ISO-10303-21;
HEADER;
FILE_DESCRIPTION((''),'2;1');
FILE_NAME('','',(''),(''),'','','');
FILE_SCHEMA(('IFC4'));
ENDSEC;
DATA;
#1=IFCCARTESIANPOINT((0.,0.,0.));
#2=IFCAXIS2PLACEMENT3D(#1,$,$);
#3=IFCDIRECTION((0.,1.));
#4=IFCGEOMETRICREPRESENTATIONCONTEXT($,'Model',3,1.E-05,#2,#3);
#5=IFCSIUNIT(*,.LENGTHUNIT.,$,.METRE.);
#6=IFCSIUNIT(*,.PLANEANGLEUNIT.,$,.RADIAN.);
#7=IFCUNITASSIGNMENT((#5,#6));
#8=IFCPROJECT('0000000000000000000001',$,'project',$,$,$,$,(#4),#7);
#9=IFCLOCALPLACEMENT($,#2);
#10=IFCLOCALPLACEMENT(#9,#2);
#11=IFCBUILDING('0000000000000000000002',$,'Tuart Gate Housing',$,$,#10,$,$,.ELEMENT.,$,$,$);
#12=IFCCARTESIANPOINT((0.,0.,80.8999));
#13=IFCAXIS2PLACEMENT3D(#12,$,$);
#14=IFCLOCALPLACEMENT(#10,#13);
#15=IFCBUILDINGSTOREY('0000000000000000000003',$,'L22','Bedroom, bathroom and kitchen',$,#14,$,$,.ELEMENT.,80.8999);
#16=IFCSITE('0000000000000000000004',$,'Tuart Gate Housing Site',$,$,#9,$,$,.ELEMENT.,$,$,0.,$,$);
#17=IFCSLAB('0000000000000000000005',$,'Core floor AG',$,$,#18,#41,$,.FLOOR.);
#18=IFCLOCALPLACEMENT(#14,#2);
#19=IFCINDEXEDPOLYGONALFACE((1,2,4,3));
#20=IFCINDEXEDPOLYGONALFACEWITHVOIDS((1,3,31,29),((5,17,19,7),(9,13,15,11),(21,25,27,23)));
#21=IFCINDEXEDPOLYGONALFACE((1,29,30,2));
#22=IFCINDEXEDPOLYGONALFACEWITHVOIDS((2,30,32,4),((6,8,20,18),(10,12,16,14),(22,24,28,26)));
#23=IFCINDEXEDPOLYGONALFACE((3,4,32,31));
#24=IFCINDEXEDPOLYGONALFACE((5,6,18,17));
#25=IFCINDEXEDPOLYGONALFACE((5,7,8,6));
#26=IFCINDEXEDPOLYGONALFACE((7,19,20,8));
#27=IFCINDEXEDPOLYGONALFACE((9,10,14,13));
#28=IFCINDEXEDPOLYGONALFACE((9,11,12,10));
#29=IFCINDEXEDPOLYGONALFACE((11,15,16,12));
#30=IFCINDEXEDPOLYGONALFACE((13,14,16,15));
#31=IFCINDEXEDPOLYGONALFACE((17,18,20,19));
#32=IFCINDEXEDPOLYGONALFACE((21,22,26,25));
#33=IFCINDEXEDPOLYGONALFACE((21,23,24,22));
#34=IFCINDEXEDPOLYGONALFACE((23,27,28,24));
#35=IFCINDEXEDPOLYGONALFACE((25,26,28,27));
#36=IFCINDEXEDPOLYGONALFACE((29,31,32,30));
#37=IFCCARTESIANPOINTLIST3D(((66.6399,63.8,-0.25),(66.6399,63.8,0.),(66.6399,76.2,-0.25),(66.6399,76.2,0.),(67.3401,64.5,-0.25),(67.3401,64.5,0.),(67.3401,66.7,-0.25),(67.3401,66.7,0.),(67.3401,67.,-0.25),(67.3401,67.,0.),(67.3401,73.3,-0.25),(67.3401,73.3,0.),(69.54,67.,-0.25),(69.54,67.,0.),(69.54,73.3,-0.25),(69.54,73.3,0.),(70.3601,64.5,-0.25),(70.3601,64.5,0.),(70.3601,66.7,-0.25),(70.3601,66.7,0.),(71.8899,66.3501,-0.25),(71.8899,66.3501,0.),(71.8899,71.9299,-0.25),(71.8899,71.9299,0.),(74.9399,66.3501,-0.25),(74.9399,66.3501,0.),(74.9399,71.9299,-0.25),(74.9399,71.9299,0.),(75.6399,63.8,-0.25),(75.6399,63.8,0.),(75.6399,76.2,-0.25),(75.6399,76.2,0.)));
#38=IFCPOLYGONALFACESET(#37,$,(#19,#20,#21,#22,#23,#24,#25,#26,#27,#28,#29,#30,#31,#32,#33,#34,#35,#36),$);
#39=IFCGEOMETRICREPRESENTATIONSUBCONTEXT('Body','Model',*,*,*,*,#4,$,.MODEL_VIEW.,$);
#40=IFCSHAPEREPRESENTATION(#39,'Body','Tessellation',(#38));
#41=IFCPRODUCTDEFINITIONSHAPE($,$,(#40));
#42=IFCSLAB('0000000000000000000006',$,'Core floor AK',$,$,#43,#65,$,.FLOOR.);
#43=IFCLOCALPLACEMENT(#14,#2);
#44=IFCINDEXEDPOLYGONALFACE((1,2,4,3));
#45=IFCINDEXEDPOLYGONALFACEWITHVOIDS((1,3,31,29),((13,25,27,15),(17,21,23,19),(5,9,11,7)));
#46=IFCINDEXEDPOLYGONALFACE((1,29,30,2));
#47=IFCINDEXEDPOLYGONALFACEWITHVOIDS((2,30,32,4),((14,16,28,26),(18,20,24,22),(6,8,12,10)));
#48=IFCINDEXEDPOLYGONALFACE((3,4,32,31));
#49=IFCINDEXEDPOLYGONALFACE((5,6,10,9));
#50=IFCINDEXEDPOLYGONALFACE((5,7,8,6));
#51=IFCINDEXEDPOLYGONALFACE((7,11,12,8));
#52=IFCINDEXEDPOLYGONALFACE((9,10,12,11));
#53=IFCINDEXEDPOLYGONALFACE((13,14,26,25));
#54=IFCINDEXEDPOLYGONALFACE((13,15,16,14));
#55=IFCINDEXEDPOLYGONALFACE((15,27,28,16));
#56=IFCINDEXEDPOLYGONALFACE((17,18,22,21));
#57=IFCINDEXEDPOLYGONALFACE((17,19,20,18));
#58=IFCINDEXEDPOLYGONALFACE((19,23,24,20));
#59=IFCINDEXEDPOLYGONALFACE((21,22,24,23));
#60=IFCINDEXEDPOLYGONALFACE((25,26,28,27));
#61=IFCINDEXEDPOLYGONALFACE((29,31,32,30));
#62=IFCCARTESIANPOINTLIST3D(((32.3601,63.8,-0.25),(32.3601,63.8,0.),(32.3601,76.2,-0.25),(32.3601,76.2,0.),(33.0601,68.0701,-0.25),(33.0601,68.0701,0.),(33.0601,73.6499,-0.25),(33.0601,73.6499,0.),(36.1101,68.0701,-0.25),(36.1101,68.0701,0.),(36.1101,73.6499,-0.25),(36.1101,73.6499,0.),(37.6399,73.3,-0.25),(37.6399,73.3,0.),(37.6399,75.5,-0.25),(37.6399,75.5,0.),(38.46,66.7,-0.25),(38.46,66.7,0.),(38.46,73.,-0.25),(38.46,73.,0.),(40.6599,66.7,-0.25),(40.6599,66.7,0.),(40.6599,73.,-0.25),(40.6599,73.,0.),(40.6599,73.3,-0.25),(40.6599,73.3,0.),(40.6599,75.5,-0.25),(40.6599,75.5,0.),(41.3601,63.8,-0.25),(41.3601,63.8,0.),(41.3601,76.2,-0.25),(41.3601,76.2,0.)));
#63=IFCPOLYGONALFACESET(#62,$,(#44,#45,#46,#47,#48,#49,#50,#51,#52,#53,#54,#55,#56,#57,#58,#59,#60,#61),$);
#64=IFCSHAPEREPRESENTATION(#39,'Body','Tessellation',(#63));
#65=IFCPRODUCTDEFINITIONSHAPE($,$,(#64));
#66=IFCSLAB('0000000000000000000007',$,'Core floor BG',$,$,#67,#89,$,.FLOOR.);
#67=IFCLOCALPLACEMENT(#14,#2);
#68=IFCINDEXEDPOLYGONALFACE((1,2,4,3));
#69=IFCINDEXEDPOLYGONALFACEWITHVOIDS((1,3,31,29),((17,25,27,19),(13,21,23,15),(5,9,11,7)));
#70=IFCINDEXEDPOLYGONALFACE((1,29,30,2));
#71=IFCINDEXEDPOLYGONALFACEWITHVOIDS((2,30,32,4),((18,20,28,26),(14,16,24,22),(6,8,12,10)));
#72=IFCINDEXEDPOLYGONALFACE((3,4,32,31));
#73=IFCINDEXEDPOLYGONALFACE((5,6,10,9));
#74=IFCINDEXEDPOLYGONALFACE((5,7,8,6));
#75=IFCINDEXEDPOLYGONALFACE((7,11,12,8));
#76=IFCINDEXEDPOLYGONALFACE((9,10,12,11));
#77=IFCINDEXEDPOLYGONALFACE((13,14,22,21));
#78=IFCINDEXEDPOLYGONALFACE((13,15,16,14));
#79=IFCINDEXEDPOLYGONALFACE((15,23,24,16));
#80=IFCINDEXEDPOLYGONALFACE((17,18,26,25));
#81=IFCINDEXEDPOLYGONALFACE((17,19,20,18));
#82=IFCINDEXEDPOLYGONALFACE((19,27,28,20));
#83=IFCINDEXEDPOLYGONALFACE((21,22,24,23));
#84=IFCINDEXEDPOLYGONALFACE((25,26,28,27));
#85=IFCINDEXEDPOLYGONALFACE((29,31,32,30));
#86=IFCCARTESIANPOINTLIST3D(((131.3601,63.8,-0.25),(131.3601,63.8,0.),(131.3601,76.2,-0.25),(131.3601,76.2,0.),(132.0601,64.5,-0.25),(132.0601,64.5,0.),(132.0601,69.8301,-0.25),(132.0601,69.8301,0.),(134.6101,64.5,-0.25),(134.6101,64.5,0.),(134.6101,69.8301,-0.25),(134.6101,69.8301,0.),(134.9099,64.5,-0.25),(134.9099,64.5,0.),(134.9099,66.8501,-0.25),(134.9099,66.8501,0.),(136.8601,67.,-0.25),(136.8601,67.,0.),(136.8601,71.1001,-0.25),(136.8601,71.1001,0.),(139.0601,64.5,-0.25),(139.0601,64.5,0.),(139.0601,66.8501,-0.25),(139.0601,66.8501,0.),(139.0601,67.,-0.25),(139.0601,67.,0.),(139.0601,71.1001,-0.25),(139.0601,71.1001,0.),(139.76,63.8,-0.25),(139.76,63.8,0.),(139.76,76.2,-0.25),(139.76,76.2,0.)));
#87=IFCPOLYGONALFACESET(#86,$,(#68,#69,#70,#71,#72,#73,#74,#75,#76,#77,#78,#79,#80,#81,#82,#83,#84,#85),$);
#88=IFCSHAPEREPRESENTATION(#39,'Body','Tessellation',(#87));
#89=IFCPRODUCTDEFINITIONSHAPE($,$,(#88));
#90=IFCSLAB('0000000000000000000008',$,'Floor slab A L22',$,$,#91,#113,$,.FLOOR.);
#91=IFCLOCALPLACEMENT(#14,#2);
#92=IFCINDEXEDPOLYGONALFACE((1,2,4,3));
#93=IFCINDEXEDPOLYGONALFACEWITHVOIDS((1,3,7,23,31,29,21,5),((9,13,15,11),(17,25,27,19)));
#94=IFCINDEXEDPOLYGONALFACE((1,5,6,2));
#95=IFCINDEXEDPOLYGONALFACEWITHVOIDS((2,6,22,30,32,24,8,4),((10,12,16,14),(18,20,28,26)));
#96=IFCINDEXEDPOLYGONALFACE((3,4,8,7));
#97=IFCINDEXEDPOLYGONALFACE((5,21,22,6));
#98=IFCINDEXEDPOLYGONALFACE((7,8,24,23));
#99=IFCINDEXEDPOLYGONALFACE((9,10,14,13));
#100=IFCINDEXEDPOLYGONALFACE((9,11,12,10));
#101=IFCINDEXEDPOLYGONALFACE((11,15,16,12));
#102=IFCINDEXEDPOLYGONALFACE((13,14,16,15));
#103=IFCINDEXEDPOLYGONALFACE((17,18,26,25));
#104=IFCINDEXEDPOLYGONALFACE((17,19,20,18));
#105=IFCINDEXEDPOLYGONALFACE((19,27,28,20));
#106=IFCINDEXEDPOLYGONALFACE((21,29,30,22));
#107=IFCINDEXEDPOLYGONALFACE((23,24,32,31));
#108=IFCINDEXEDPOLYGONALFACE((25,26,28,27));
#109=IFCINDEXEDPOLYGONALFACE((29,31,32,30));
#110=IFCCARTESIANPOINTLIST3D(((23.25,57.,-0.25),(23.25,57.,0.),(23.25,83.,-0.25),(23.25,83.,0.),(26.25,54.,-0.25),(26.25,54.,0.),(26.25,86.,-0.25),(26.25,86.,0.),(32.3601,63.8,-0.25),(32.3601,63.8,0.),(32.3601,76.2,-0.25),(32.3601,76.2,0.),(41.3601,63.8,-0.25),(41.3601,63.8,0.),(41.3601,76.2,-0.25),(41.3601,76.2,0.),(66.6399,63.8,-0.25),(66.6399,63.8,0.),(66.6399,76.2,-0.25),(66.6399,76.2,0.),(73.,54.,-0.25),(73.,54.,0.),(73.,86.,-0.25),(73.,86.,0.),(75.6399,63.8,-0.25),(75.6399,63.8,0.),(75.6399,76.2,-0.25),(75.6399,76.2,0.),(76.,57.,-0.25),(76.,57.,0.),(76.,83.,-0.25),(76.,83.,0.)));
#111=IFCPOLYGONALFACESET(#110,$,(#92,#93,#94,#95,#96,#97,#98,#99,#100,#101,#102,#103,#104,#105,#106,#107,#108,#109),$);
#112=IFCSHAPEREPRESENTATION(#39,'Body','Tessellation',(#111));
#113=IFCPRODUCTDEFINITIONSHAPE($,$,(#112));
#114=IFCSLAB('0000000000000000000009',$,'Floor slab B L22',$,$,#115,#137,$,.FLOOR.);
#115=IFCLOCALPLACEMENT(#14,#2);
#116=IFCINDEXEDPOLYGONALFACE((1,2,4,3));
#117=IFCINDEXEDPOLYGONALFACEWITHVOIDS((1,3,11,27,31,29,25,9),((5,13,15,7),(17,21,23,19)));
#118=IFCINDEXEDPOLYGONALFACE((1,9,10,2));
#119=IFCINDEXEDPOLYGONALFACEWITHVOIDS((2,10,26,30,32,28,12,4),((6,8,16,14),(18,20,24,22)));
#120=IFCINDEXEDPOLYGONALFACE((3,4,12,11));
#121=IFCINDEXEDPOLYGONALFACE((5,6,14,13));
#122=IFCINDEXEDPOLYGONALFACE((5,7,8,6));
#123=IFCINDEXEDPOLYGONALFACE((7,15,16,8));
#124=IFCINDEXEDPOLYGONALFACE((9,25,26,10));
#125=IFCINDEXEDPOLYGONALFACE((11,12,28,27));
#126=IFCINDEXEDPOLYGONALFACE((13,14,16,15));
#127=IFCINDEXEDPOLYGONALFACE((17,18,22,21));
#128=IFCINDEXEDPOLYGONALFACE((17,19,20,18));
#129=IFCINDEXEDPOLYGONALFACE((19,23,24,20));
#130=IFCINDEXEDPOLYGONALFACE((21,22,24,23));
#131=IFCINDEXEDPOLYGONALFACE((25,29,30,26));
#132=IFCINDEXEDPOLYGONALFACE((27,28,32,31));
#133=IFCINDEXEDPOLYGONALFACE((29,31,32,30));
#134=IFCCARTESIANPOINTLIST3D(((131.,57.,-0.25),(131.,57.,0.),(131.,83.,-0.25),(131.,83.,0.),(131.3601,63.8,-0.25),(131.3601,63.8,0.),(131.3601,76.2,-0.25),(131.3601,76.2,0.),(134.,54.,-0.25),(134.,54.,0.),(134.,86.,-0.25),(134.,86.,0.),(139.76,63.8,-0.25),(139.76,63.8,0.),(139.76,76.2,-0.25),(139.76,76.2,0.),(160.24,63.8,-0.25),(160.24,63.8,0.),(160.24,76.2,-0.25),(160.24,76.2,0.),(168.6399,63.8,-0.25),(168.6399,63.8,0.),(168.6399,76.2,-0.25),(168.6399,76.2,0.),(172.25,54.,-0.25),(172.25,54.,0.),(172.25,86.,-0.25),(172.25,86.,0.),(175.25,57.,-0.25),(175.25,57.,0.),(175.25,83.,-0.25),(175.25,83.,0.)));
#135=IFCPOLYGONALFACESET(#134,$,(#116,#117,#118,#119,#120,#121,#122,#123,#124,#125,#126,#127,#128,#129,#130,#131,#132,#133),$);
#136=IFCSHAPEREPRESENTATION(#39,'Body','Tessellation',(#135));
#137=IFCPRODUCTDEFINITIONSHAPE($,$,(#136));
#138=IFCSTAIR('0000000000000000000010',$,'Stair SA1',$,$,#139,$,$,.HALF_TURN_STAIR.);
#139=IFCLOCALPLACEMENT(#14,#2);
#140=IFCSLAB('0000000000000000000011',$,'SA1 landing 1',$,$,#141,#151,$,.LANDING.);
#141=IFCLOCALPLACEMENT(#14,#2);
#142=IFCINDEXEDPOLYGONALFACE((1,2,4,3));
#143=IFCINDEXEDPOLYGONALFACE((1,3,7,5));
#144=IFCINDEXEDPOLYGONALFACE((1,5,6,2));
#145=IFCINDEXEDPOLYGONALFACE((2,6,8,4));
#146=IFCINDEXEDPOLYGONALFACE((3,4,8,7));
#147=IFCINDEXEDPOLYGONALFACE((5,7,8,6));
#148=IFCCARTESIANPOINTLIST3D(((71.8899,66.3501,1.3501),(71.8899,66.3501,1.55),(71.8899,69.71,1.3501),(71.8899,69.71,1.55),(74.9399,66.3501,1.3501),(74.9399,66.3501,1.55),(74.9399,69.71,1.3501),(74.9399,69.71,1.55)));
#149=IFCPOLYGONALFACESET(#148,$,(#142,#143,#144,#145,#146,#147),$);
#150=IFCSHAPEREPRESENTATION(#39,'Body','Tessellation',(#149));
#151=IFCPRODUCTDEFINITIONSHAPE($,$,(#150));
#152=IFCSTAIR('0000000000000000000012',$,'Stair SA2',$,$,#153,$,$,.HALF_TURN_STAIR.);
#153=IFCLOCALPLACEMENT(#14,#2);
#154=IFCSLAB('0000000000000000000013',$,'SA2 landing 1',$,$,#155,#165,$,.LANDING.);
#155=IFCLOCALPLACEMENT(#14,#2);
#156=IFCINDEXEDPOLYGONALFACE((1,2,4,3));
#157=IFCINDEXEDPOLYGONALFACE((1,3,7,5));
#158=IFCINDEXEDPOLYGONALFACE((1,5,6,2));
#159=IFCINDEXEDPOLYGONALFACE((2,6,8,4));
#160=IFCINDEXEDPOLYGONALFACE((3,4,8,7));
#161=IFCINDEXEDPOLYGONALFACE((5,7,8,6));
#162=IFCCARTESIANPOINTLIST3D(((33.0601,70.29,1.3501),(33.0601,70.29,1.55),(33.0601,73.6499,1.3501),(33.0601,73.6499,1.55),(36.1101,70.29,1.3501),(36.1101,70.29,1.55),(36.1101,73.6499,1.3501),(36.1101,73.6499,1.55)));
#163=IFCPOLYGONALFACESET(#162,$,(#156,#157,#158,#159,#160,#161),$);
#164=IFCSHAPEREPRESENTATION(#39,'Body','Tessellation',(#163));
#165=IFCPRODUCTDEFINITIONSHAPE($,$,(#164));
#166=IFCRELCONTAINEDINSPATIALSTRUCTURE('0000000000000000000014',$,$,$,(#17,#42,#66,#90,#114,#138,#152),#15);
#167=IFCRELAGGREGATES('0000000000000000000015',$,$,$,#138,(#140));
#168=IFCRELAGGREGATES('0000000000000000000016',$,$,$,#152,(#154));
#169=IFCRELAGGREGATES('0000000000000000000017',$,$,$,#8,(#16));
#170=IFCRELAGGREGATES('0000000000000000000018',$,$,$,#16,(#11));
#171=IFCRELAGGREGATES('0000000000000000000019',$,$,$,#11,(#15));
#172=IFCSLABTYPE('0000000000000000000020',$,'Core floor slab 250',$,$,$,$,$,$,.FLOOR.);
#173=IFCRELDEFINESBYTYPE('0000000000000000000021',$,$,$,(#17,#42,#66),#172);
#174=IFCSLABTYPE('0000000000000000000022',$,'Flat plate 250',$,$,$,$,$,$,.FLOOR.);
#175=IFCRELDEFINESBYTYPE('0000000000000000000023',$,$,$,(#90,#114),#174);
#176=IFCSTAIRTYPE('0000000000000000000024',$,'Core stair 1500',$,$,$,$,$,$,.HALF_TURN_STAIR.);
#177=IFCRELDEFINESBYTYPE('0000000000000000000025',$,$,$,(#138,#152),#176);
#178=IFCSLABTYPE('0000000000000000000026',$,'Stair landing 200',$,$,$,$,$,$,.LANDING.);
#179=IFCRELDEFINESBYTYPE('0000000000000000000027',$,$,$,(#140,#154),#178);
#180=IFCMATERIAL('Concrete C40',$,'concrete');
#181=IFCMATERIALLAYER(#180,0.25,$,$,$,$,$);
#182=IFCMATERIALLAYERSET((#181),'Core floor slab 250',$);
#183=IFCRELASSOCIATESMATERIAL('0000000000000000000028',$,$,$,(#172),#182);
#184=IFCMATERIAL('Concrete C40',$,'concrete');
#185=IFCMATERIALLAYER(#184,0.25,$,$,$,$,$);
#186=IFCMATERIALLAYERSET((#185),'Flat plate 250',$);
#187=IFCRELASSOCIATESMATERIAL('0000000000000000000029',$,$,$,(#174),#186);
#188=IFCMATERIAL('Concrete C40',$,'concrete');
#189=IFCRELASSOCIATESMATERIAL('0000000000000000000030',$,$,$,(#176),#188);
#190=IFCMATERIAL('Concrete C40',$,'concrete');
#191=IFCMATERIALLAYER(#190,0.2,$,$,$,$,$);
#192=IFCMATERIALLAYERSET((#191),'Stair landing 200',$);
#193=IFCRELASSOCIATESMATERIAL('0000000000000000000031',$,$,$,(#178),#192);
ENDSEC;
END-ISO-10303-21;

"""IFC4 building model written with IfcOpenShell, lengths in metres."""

from ifc_helpers import new_model, si_unit, direction, frame, origin, place, context, subcontext, project, spatial, polyline, outline, extrude, material, layer, layer_set, type_object, element, aggregate, save


model = new_model("IFC4")

# Units and contexts
model_context = context("Model", 3, precision=1e-05, world=origin(), true_north=direction((0.0, 1.0)))
body_context = subcontext(model_context, "Body", "Model", "MODEL_VIEW")
ifc_project = project(units=[si_unit("LENGTHUNIT", "METRE"), si_unit("PLANEANGLEUNIT", "RADIAN")], contexts=[model_context])

# Site, building, storey
site_placement = place(None, origin())
site = spatial("IfcSite", under=ifc_project, at=site_placement, Name="Tuart Gate Housing Site", CompositionType="ELEMENT", RefElevation=0.0)
building_placement = place(site_placement, origin())
building = spatial("IfcBuilding", under=site, at=building_placement, Name="Tuart Gate Housing", CompositionType="ELEMENT")
storey_placement = place(building_placement, frame((0.0, 0.0, 80.8999)))
storey = spatial("IfcBuildingStorey", under=building, at=storey_placement, Name="L22", Description="Bedroom, bathroom and kitchen", CompositionType="ELEMENT", Elevation=80.8999)

# Slabs
ifc_material_1 = material(Name="Concrete C40", Category="concrete")
ifc_layer_1 = layer(ifc_material_1, 0.25)
ifc_layer_set_1 = layer_set([ifc_layer_1], Name="Core floor slab 250")
slab_type_1 = type_object("IfcSlabType", Name="Core floor slab 250", PredefinedType="FLOOR", material=ifc_layer_set_1)
slab_1_placement = place(storey_placement, frame((0.0, 0.0, -0.25)))
element("IfcSlab", 1, at=slab_1_placement, inside=storey, type_object=slab_type_1, Name="Core floor AG", PredefinedType="FLOOR", context=body_context, shape_type="SweptSolid", body=[
    extrude(outline(polyline([(66.6399, 63.8), (75.6399, 63.8), (75.6399, 76.2), (66.6399, 76.2), (66.6399, 63.8)]), holes=[polyline([(67.3401, 64.5), (70.3601, 64.5), (70.3601, 66.7), (67.3401, 66.7), (67.3401, 64.5)]), polyline([(67.3401, 67.0), (69.54, 67.0), (69.54, 73.3), (67.3401, 73.3), (67.3401, 67.0)]), polyline([(71.8899, 66.3501), (74.9399, 66.3501), (74.9399, 71.9299), (71.8899, 71.9299), (71.8899, 66.3501)])]), origin(), (0.0, 0.0, 1.0), 0.25),
])
slab_2_placement = place(storey_placement, frame((0.0, 0.0, -0.25)))
element("IfcSlab", 2, at=slab_2_placement, inside=storey, type_object=slab_type_1, Name="Core floor AK", PredefinedType="FLOOR", context=body_context, shape_type="SweptSolid", body=[
    extrude(outline(polyline([(32.3601, 63.8), (41.3601, 63.8), (41.3601, 76.2), (32.3601, 76.2), (32.3601, 63.8)]), holes=[polyline([(40.6599, 75.5), (37.6399, 75.5), (37.6399, 73.3), (40.6599, 73.3), (40.6599, 75.5)]), polyline([(40.6599, 73.0), (38.46, 73.0), (38.46, 66.7), (40.6599, 66.7), (40.6599, 73.0)]), polyline([(36.1101, 73.6499), (33.0601, 73.6499), (33.0601, 68.0701), (36.1101, 68.0701), (36.1101, 73.6499)])]), origin(), (0.0, 0.0, 1.0), 0.25),
])
slab_3_placement = place(storey_placement, frame((0.0, 0.0, -0.25)))
element("IfcSlab", 3, at=slab_3_placement, inside=storey, type_object=slab_type_1, Name="Core floor BG", PredefinedType="FLOOR", context=body_context, shape_type="SweptSolid", body=[
    extrude(outline(polyline([(131.3601, 63.8), (139.76, 63.8), (139.76, 76.2), (131.3601, 76.2), (131.3601, 63.8)]), holes=[polyline([(139.0601, 66.8501), (134.9099, 66.8501), (134.9099, 64.5), (139.0601, 64.5), (139.0601, 66.8501)]), polyline([(139.0601, 71.1001), (136.8601, 71.1001), (136.8601, 67.0), (139.0601, 67.0), (139.0601, 71.1001)]), polyline([(134.6101, 69.8301), (132.0601, 69.8301), (132.0601, 64.5), (134.6101, 64.5), (134.6101, 69.8301)])]), origin(), (0.0, 0.0, 1.0), 0.25),
])
ifc_material_2 = material(Name="Concrete C40", Category="concrete")
ifc_layer_2 = layer(ifc_material_2, 0.25)
ifc_layer_set_2 = layer_set([ifc_layer_2], Name="Flat plate 250")
slab_type_2 = type_object("IfcSlabType", Name="Flat plate 250", PredefinedType="FLOOR", material=ifc_layer_set_2)
slab_4_placement = place(storey_placement, frame((0.0, 0.0, -0.25)))
element("IfcSlab", 4, at=slab_4_placement, inside=storey, type_object=slab_type_2, Name="Floor slab A L22", PredefinedType="FLOOR", context=body_context, shape_type="SweptSolid", body=[
    extrude(outline(polyline([(26.25, 86.0), (23.25, 83.0), (23.25, 57.0), (26.25, 54.0), (73.0, 54.0), (76.0, 57.0), (76.0, 83.0), (73.0, 86.0), (26.25, 86.0)]), holes=[polyline([(66.6399, 76.2), (75.6399, 76.2), (75.6399, 63.8), (66.6399, 63.8), (66.6399, 76.2)]), polyline([(41.3601, 76.2), (41.3601, 63.8), (32.3601, 63.8), (32.3601, 76.2), (41.3601, 76.2)])]), origin(), (0.0, 0.0, 1.0), 0.25),
])
slab_5_placement = place(storey_placement, frame((0.0, 0.0, -0.25)))
element("IfcSlab", 5, at=slab_5_placement, inside=storey, type_object=slab_type_2, Name="Floor slab B L22", PredefinedType="FLOOR", context=body_context, shape_type="SweptSolid", body=[
    extrude(outline(polyline([(134.0, 86.0), (131.0, 83.0), (131.0, 57.0), (134.0, 54.0), (172.25, 54.0), (175.25, 57.0), (175.25, 83.0), (172.25, 86.0), (134.0, 86.0)]), holes=[polyline([(131.3601, 76.2), (139.76, 76.2), (139.76, 63.8), (131.3601, 63.8), (131.3601, 76.2)]), polyline([(168.6399, 76.2), (168.6399, 63.8), (160.24, 63.8), (160.24, 76.2), (168.6399, 76.2)])]), origin(), (0.0, 0.0, 1.0), 0.25),
])

# Stairs, slabs
ifc_material_3 = material(Name="Concrete C40", Category="concrete")
stair_type = type_object("IfcStairType", Name="Core stair 1500", PredefinedType="HALF_TURN_STAIR", material=ifc_material_3)
stair_1_placement = place(storey_placement, origin())
stair_1 = element("IfcStair", 6, at=stair_1_placement, inside=storey, type_object=stair_type, Name="Stair SA1", PredefinedType="HALF_TURN_STAIR")
ifc_material_4 = material(Name="Concrete C40", Category="concrete")
ifc_layer_3 = layer(ifc_material_4, 0.2)
ifc_layer_set_3 = layer_set([ifc_layer_3], Name="Stair landing 200")
slab_type_3 = type_object("IfcSlabType", Name="Stair landing 200", PredefinedType="LANDING", material=ifc_layer_set_3)
slab_6_placement = place(storey_placement, frame((0.0, 0.0, 1.3501)))
slab_6 = element("IfcSlab", 7, at=slab_6_placement, type_object=slab_type_3, Name="SA1 landing 1", PredefinedType="LANDING", context=body_context, shape_type="SweptSolid", body=[
    extrude(outline(polyline([(71.8899, 66.3501), (74.9399, 66.3501), (74.9399, 69.71), (71.8899, 69.71), (71.8899, 66.3501)])), origin(), (0.0, 0.0, 1.0), 0.2),
])
aggregate(stair_1, [slab_6])
stair_2_placement = place(storey_placement, origin())
stair_2 = element("IfcStair", 8, at=stair_2_placement, inside=storey, type_object=stair_type, Name="Stair SA2", PredefinedType="HALF_TURN_STAIR")
slab_7_placement = place(storey_placement, frame((0.0, 0.0, 1.3501)))
slab_7 = element("IfcSlab", 9, at=slab_7_placement, type_object=slab_type_3, Name="SA2 landing 1", PredefinedType="LANDING", context=body_context, shape_type="SweptSolid", body=[
    extrude(outline(polyline([(36.1101, 73.6499), (33.0601, 73.6499), (33.0601, 70.29), (36.1101, 70.29), (36.1101, 73.6499)])), origin(), (0.0, 0.0, 1.0), 0.2),
])
aggregate(stair_2, [slab_7])

save(model, "model.ifc")
